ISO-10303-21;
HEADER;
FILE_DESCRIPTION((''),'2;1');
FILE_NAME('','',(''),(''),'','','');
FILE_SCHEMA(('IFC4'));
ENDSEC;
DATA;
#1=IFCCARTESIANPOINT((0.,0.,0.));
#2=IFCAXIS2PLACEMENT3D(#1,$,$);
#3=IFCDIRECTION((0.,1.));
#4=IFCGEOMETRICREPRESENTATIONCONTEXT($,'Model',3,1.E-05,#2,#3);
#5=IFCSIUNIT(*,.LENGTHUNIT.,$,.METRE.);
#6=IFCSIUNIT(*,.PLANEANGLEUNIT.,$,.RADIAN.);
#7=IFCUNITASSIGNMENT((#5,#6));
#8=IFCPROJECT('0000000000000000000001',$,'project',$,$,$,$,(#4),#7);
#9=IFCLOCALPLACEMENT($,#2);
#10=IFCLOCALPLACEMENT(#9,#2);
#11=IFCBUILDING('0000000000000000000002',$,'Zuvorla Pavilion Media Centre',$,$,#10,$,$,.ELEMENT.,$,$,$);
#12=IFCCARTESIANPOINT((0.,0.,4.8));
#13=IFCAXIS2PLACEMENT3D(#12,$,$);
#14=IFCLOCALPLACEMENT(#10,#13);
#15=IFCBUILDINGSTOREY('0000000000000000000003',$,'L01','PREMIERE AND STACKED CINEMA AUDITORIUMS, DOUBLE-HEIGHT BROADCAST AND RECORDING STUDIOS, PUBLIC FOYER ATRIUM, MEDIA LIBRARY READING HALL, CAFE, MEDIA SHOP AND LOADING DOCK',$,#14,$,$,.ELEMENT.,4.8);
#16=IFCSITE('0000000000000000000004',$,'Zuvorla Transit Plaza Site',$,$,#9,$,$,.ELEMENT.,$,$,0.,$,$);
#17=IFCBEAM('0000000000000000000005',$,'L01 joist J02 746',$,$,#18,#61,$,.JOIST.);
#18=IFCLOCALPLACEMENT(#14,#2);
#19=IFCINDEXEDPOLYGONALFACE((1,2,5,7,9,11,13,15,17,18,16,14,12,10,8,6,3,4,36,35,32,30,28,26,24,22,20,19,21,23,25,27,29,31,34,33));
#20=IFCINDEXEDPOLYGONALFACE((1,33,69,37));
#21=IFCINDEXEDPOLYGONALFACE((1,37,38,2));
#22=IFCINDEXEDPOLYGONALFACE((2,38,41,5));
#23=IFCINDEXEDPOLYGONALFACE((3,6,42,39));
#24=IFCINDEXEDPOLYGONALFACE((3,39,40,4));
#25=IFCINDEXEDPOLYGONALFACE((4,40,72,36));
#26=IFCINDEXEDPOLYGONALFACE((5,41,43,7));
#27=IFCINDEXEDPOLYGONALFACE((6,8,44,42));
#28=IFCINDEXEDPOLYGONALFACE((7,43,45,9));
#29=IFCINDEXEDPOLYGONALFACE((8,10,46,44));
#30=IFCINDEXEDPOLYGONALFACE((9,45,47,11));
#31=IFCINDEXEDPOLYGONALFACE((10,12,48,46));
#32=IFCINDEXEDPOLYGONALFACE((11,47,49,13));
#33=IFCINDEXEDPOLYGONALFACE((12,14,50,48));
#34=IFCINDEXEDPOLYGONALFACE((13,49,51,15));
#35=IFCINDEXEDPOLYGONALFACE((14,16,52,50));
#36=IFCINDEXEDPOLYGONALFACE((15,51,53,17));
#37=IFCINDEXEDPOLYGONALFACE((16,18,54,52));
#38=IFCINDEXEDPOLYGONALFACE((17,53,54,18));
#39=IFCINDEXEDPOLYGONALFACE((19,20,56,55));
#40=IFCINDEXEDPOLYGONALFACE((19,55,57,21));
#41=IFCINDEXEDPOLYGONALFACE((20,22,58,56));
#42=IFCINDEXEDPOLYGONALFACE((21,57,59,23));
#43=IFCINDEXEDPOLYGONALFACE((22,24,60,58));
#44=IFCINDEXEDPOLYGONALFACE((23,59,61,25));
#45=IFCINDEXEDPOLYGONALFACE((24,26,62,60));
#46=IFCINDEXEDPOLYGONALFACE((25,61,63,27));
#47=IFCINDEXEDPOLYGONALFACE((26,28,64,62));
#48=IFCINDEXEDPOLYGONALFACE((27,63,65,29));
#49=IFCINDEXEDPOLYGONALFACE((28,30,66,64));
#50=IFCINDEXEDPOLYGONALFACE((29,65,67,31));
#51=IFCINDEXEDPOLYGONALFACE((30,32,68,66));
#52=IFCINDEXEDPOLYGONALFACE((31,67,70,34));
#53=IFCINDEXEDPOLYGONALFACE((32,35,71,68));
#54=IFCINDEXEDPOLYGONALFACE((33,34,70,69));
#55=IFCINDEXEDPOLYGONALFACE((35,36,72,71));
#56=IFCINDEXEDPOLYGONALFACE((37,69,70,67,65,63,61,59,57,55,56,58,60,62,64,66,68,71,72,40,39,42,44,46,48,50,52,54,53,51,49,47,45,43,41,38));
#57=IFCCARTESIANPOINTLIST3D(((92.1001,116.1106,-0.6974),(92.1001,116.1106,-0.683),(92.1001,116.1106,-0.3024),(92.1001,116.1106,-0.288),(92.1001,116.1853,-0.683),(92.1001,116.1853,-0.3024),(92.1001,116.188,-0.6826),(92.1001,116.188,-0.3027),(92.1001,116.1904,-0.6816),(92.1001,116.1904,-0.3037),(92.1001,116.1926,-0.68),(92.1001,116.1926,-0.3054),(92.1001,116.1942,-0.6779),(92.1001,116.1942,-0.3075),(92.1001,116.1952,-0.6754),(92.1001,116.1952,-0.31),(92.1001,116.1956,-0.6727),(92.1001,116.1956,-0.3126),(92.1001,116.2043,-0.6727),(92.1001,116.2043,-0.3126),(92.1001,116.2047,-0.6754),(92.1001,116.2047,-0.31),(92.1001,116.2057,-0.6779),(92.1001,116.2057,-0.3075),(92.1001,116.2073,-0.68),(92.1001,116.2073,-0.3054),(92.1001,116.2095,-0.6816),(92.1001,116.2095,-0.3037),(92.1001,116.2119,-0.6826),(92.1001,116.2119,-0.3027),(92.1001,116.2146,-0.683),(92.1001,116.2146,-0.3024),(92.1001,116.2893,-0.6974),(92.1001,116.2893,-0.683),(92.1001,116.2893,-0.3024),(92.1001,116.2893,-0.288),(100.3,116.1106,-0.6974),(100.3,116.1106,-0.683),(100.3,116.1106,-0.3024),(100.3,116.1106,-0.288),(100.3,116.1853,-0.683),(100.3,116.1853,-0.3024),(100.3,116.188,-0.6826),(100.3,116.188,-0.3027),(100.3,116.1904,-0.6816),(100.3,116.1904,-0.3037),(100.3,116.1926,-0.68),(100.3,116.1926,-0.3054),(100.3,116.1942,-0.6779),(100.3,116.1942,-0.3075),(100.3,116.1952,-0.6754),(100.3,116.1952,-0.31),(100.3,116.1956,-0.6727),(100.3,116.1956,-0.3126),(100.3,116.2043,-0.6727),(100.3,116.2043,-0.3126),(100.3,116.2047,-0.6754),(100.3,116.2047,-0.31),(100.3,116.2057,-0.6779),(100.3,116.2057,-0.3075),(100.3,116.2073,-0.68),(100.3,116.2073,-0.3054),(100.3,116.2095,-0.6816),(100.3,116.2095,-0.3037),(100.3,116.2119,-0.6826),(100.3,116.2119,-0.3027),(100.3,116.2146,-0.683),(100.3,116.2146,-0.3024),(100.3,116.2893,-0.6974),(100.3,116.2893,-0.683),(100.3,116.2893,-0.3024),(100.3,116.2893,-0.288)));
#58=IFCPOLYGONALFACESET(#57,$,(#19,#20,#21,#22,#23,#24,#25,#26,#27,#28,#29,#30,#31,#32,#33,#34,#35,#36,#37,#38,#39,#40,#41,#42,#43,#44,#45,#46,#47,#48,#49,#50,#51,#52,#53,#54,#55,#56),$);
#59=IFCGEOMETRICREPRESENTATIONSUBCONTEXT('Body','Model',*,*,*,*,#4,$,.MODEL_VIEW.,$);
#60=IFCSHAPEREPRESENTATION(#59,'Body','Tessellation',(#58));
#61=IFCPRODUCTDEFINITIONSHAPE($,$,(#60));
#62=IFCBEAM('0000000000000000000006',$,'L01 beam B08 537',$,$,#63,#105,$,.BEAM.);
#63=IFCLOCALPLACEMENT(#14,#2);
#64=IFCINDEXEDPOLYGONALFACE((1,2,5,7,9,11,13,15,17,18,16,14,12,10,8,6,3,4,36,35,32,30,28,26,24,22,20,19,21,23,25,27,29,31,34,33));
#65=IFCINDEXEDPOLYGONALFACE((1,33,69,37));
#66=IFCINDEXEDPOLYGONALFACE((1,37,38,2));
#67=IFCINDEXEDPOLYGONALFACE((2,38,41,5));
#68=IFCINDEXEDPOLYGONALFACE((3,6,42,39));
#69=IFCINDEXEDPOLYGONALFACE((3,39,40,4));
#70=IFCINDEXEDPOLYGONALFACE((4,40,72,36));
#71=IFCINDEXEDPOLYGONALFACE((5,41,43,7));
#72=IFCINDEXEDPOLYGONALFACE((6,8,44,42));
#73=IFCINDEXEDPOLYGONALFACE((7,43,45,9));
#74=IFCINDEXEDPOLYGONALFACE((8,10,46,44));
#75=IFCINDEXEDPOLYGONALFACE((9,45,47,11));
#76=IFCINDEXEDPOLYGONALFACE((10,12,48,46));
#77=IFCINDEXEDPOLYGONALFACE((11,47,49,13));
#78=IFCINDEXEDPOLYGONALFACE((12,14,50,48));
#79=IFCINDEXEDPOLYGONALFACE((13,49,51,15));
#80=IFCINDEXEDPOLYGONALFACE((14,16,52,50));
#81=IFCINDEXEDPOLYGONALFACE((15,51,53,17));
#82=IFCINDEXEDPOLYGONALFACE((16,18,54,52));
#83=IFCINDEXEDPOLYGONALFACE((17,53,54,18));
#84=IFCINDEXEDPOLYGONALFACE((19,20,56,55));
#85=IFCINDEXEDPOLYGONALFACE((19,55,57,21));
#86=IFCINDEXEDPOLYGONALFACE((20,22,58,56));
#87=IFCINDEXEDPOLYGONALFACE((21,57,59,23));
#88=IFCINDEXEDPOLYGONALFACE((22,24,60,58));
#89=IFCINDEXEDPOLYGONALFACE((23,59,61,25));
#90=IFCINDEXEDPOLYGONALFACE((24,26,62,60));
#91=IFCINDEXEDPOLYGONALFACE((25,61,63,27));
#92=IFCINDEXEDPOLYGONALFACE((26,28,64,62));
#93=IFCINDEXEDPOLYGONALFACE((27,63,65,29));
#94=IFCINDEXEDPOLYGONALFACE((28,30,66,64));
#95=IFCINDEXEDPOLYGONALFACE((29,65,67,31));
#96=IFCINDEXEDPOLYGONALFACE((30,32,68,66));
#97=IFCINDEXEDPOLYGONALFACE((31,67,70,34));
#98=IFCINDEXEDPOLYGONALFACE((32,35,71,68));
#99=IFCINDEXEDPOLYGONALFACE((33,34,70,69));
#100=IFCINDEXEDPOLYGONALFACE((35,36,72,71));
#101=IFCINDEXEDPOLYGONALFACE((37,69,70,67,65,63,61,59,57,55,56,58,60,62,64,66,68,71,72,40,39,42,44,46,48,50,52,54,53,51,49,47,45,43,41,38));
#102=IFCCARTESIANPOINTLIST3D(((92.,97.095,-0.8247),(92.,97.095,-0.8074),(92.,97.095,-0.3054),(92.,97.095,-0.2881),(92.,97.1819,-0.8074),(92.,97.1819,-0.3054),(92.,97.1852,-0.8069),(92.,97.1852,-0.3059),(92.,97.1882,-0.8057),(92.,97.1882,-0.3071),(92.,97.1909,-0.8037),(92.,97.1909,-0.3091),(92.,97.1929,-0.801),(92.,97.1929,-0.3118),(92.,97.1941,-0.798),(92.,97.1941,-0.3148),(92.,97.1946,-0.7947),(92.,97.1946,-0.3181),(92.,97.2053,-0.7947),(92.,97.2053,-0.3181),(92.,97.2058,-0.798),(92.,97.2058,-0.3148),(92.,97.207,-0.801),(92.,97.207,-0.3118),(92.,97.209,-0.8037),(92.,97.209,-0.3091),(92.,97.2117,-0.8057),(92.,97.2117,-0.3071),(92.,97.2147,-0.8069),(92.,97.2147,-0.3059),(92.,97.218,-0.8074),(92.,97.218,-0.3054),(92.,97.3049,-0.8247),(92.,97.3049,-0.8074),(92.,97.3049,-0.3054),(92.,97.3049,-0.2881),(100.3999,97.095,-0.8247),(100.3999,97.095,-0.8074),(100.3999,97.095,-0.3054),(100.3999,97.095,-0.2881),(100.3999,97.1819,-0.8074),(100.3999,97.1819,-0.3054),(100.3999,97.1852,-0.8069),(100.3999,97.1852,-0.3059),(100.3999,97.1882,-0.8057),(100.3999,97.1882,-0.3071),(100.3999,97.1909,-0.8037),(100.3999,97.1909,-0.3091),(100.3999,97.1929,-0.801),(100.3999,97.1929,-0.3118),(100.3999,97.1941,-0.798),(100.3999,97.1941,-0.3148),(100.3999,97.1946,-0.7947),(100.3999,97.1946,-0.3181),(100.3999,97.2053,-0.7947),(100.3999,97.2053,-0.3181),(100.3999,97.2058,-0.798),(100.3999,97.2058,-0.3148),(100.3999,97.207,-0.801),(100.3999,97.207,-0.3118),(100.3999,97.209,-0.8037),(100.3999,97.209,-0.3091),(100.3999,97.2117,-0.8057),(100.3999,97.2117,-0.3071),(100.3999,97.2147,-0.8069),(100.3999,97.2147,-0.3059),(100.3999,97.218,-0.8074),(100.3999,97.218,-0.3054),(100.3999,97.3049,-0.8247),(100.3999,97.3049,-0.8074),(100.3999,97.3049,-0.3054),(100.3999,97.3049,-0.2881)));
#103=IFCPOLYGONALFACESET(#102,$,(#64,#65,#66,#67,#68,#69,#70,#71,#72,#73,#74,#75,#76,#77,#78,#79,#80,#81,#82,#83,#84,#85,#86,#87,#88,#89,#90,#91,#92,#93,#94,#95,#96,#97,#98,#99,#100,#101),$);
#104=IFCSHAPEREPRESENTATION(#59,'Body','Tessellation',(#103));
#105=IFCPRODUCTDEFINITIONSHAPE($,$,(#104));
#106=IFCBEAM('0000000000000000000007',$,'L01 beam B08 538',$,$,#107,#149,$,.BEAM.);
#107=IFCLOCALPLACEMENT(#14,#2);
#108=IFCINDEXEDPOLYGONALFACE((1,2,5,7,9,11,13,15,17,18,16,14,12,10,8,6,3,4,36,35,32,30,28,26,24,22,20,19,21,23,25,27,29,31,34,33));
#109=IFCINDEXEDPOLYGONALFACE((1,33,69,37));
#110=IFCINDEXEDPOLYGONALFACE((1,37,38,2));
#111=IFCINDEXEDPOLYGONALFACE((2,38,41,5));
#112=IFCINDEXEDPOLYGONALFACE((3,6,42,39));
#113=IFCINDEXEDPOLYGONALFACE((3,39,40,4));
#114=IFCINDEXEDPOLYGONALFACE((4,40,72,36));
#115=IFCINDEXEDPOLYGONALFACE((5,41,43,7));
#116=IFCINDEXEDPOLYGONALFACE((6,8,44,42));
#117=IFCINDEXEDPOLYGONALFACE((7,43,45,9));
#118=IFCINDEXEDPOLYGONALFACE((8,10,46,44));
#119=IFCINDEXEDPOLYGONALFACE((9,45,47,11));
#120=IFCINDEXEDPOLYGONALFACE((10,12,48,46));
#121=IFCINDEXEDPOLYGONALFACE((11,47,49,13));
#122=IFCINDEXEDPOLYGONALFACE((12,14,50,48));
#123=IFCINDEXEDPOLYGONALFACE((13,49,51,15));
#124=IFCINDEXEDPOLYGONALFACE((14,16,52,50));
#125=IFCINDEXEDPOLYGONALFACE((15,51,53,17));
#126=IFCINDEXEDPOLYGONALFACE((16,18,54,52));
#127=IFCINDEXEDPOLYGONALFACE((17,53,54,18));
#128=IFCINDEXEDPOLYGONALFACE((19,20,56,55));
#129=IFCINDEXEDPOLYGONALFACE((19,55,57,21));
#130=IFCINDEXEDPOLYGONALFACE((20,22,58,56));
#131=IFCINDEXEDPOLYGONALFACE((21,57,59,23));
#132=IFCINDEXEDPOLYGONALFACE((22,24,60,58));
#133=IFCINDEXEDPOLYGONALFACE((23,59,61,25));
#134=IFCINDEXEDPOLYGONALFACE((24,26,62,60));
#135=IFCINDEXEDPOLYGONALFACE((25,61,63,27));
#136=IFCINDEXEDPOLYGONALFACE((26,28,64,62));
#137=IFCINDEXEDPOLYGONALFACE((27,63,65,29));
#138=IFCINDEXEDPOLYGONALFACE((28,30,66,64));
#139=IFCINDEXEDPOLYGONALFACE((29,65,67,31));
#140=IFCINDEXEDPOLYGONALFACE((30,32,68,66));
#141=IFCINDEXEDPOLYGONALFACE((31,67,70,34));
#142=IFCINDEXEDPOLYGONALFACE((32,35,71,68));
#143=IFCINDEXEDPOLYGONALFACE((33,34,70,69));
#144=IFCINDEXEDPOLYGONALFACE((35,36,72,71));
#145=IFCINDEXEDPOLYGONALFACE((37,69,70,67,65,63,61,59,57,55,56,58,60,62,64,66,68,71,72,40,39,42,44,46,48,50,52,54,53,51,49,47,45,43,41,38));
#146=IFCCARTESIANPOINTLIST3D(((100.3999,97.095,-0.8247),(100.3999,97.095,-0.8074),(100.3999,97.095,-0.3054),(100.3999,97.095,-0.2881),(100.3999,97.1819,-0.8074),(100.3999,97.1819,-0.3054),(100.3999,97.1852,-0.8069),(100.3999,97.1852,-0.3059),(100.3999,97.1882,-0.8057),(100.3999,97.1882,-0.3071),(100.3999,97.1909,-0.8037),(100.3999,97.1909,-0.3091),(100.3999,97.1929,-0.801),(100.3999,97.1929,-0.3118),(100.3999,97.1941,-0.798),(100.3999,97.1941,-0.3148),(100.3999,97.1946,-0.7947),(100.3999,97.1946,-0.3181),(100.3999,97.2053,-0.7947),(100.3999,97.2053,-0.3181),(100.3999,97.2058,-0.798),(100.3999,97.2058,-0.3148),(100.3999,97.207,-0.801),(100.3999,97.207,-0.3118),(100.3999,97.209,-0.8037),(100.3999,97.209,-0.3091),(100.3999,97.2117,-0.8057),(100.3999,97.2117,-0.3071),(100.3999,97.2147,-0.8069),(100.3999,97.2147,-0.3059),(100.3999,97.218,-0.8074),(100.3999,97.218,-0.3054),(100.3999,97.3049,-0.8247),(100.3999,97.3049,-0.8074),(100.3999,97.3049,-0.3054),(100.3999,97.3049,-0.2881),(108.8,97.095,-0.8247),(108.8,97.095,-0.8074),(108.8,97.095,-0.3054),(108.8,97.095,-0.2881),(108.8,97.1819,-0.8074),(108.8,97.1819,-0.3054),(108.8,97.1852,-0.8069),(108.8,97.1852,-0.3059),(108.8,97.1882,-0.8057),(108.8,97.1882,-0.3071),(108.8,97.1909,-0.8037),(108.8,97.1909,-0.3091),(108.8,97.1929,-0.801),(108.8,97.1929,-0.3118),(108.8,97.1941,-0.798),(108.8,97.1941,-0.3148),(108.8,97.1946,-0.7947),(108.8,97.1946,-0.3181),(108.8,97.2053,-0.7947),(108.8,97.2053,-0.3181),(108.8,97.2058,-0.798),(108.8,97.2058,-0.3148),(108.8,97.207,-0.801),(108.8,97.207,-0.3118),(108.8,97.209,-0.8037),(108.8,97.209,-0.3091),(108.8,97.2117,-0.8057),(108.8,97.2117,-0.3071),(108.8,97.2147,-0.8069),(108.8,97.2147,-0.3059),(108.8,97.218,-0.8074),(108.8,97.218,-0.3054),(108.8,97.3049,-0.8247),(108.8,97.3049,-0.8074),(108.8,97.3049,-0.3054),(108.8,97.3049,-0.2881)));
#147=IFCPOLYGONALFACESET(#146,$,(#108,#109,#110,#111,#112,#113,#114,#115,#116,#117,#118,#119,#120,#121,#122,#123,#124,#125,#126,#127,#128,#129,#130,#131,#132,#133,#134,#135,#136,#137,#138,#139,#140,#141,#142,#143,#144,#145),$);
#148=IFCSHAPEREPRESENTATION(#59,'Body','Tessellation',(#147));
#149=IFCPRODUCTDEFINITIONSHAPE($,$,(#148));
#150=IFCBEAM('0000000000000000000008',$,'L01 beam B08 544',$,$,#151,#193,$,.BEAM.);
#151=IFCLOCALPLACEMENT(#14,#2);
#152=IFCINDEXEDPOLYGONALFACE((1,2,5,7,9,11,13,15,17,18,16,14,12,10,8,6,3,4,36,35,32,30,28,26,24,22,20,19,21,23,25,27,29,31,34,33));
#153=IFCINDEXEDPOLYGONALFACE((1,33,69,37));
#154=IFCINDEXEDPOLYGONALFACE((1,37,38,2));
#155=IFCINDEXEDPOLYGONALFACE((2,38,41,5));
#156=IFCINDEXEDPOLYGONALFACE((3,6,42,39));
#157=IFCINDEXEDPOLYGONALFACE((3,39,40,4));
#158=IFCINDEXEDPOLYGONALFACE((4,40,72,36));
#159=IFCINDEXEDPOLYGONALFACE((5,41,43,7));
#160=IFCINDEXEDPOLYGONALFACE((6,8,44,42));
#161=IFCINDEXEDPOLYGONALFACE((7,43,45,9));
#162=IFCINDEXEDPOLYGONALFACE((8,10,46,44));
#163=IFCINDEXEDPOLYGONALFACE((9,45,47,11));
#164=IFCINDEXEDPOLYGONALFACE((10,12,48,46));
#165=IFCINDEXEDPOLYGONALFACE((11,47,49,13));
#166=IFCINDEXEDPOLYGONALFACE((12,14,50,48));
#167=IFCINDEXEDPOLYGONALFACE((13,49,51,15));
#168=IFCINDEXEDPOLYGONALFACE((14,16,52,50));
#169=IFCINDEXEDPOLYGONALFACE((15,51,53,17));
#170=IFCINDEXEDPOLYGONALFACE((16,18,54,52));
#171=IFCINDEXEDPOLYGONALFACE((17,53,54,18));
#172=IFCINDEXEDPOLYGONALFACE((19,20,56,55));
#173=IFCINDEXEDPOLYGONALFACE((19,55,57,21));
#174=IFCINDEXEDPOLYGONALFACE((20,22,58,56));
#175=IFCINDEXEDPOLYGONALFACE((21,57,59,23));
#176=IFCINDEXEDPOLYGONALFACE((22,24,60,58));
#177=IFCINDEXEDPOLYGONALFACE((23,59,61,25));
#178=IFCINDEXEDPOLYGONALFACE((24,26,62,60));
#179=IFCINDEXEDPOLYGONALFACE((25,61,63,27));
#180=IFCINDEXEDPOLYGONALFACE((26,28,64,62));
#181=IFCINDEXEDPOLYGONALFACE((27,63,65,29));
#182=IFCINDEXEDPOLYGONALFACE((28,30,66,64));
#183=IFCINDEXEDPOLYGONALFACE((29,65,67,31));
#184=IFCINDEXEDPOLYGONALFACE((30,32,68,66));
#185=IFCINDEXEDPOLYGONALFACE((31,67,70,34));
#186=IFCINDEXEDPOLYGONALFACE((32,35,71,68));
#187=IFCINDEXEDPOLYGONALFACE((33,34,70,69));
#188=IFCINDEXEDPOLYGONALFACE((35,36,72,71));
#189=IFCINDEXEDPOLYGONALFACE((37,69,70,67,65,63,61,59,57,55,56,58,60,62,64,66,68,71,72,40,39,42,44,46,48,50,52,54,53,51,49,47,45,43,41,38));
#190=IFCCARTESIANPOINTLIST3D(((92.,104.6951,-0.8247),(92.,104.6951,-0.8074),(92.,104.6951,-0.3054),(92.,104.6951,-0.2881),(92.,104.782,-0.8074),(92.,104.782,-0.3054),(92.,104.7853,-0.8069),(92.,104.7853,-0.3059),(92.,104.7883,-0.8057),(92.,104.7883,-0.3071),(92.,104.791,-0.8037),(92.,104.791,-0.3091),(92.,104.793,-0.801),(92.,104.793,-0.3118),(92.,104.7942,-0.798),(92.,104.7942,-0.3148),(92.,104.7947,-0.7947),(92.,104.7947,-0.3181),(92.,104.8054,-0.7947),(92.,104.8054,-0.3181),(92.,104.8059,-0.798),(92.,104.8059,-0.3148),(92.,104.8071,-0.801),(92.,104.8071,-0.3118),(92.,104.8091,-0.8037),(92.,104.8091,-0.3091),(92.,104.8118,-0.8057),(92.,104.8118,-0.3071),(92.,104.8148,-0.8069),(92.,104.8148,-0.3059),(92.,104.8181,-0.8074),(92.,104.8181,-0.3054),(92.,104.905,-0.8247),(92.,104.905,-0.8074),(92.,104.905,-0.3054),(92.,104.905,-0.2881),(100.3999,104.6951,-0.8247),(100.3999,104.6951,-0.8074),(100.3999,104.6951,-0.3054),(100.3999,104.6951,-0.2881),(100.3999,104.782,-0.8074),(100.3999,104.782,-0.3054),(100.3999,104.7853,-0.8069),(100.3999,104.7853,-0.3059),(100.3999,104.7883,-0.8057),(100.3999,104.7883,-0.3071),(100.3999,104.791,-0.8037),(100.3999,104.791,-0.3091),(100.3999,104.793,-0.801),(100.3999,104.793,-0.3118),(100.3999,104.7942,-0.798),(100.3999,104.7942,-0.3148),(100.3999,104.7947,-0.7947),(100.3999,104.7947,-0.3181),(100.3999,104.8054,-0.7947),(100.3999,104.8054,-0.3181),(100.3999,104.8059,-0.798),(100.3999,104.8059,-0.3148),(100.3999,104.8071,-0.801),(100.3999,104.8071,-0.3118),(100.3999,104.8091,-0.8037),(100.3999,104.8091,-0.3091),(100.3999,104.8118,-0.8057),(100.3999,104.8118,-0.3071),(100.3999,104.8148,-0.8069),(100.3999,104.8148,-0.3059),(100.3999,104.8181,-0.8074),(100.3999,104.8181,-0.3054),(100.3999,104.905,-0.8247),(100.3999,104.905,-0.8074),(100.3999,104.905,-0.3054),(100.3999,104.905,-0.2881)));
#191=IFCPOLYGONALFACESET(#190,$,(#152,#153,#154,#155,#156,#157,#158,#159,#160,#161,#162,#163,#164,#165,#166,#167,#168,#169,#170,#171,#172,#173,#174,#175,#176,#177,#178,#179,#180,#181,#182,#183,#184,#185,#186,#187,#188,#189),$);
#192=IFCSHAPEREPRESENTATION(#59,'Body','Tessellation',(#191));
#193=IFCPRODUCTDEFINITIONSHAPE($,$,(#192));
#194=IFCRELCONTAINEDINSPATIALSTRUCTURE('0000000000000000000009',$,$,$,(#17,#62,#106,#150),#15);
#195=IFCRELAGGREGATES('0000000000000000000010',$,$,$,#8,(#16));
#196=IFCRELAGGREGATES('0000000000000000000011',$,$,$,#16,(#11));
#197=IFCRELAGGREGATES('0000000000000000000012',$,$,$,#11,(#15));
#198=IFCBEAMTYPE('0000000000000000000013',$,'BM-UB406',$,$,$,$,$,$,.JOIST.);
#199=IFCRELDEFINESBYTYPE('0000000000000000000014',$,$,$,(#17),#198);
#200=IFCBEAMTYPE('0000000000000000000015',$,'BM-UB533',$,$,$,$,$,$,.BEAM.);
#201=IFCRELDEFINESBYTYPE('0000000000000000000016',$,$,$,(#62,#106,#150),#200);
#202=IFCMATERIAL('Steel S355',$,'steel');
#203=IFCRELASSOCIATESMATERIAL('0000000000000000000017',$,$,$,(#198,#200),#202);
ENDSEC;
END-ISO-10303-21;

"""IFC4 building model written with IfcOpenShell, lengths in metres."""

from ifc_helpers import new_model, si_unit, direction, frame, origin, origin_2d, place, context, subcontext, project, spatial, i_section, extrude, material, material_profile, profile_set, type_object, element, save


model = new_model("IFC4")

# Units and contexts
model_context = context("Model", 3, precision=1e-05, world=origin(), true_north=direction((0.0, 1.0)))
body_context = subcontext(model_context, "Body", "Model", "MODEL_VIEW")
ifc_project = project(units=[si_unit("LENGTHUNIT", "METRE"), si_unit("PLANEANGLEUNIT", "RADIAN")], contexts=[model_context])

# Site, building, storey
site_placement = place(None, origin())
site = spatial("IfcSite", under=ifc_project, at=site_placement, Name="Zuvorla Transit Plaza Site", CompositionType="ELEMENT", RefElevation=0.0)
building_placement = place(site_placement, origin())
building = spatial("IfcBuilding", under=site, at=building_placement, Name="Zuvorla Pavilion Media Centre", CompositionType="ELEMENT")
storey_placement = place(building_placement, frame((0.0, 0.0, 4.8)))
storey = spatial("IfcBuildingStorey", under=building, at=storey_placement, Name="L01", Description="PREMIERE AND STACKED CINEMA AUDITORIUMS, DOUBLE-HEIGHT BROADCAST AND RECORDING STUDIOS, PUBLIC FOYER ATRIUM, MEDIA LIBRARY READING HALL, CAFE, MEDIA SHOP AND LOADING DOCK", CompositionType="ELEMENT", Elevation=4.8)

# Beams
ifc_material_1 = material(Name="Steel S355", Category="steel")
ifc_material_profile_1 = material_profile(ifc_material_1, i_section(OverallWidth=0.1787, OverallDepth=0.4094, WebThickness=0.0088, FlangeThickness=0.0144, FilletRadius=0.0103, at=origin_2d()), Name="UB 406x178x67")
ifc_profile_set_1 = profile_set([ifc_material_profile_1], Name="Steel S355")
beam_type_1 = type_object("IfcBeamType", Name="BM-UB406", PredefinedType="JOIST", material=ifc_profile_set_1)
for number, where, z_axis, x_axis, name in (
    (1, (92.1001, 116.2, -0.4927), (1.0, 0.0, 0.0), (0.0, 1.0, 0.0), "L01 joist J02 746"),
):
    element("IfcBeam", number, at=place(storey_placement, frame(where, z_axis=z_axis, x_axis=x_axis)), inside=storey, type_object=beam_type_1, Name=name, PredefinedType="JOIST", context=body_context, shape_type="SweptSolid", body=[
        extrude(i_section(OverallWidth=0.1787, OverallDepth=0.4094, WebThickness=0.0088, FlangeThickness=0.0144, FilletRadius=0.0103, at=origin_2d()), origin(), (0.0, 0.0, 1.0), 8.2),
    ])
ifc_material_profile_2 = material_profile(ifc_material_1, i_section(OverallWidth=0.21, OverallDepth=0.5366, WebThickness=0.0107, FlangeThickness=0.0173, FilletRadius=0.0127, at=origin_2d()), Name="UB 533x210x101")
ifc_profile_set_2 = profile_set([ifc_material_profile_2], Name="Steel S355")
beam_type_2 = type_object("IfcBeamType", Name="BM-UB533", PredefinedType="BEAM", material=ifc_profile_set_2)
beam_1_placement = place(storey_placement, frame((92.0, 97.2, -0.5564), z_axis=(1.0, 0.0, 0.0), x_axis=(0.0, 1.0, 0.0)))
element("IfcBeam", 2, at=beam_1_placement, inside=storey, type_object=beam_type_2, Name="L01 beam B08 537", PredefinedType="BEAM", context=body_context, shape_type="SweptSolid", body=[
    extrude(i_section(OverallWidth=0.21, OverallDepth=0.5366, WebThickness=0.0107, FlangeThickness=0.0173, FilletRadius=0.0127, at=origin_2d()), origin(), (0.0, 0.0, 1.0), 8.3999),
])
beam_2_placement = place(storey_placement, frame((100.3999, 97.2, -0.5564), z_axis=(1.0, 0.0, 0.0), x_axis=(0.0, 1.0, 0.0)))
element("IfcBeam", 3, at=beam_2_placement, inside=storey, type_object=beam_type_2, Name="L01 beam B08 538", PredefinedType="BEAM", context=body_context, shape_type="SweptSolid", body=[
    extrude(i_section(OverallWidth=0.21, OverallDepth=0.5366, WebThickness=0.0107, FlangeThickness=0.0173, FilletRadius=0.0127, at=origin_2d()), origin(), (0.0, 0.0, 1.0), 8.4001),
])
beam_3_placement = place(storey_placement, frame((92.0, 104.8, -0.5564), z_axis=(1.0, 0.0, 0.0), x_axis=(0.0, 1.0, 0.0)))
element("IfcBeam", 4, at=beam_3_placement, inside=storey, type_object=beam_type_2, Name="L01 beam B08 544", PredefinedType="BEAM", context=body_context, shape_type="SweptSolid", body=[
    extrude(i_section(OverallWidth=0.21, OverallDepth=0.5366, WebThickness=0.0107, FlangeThickness=0.0173, FilletRadius=0.0127, at=origin_2d()), origin(), (0.0, 0.0, 1.0), 8.3999),
])

save(model, "model.ifc")
